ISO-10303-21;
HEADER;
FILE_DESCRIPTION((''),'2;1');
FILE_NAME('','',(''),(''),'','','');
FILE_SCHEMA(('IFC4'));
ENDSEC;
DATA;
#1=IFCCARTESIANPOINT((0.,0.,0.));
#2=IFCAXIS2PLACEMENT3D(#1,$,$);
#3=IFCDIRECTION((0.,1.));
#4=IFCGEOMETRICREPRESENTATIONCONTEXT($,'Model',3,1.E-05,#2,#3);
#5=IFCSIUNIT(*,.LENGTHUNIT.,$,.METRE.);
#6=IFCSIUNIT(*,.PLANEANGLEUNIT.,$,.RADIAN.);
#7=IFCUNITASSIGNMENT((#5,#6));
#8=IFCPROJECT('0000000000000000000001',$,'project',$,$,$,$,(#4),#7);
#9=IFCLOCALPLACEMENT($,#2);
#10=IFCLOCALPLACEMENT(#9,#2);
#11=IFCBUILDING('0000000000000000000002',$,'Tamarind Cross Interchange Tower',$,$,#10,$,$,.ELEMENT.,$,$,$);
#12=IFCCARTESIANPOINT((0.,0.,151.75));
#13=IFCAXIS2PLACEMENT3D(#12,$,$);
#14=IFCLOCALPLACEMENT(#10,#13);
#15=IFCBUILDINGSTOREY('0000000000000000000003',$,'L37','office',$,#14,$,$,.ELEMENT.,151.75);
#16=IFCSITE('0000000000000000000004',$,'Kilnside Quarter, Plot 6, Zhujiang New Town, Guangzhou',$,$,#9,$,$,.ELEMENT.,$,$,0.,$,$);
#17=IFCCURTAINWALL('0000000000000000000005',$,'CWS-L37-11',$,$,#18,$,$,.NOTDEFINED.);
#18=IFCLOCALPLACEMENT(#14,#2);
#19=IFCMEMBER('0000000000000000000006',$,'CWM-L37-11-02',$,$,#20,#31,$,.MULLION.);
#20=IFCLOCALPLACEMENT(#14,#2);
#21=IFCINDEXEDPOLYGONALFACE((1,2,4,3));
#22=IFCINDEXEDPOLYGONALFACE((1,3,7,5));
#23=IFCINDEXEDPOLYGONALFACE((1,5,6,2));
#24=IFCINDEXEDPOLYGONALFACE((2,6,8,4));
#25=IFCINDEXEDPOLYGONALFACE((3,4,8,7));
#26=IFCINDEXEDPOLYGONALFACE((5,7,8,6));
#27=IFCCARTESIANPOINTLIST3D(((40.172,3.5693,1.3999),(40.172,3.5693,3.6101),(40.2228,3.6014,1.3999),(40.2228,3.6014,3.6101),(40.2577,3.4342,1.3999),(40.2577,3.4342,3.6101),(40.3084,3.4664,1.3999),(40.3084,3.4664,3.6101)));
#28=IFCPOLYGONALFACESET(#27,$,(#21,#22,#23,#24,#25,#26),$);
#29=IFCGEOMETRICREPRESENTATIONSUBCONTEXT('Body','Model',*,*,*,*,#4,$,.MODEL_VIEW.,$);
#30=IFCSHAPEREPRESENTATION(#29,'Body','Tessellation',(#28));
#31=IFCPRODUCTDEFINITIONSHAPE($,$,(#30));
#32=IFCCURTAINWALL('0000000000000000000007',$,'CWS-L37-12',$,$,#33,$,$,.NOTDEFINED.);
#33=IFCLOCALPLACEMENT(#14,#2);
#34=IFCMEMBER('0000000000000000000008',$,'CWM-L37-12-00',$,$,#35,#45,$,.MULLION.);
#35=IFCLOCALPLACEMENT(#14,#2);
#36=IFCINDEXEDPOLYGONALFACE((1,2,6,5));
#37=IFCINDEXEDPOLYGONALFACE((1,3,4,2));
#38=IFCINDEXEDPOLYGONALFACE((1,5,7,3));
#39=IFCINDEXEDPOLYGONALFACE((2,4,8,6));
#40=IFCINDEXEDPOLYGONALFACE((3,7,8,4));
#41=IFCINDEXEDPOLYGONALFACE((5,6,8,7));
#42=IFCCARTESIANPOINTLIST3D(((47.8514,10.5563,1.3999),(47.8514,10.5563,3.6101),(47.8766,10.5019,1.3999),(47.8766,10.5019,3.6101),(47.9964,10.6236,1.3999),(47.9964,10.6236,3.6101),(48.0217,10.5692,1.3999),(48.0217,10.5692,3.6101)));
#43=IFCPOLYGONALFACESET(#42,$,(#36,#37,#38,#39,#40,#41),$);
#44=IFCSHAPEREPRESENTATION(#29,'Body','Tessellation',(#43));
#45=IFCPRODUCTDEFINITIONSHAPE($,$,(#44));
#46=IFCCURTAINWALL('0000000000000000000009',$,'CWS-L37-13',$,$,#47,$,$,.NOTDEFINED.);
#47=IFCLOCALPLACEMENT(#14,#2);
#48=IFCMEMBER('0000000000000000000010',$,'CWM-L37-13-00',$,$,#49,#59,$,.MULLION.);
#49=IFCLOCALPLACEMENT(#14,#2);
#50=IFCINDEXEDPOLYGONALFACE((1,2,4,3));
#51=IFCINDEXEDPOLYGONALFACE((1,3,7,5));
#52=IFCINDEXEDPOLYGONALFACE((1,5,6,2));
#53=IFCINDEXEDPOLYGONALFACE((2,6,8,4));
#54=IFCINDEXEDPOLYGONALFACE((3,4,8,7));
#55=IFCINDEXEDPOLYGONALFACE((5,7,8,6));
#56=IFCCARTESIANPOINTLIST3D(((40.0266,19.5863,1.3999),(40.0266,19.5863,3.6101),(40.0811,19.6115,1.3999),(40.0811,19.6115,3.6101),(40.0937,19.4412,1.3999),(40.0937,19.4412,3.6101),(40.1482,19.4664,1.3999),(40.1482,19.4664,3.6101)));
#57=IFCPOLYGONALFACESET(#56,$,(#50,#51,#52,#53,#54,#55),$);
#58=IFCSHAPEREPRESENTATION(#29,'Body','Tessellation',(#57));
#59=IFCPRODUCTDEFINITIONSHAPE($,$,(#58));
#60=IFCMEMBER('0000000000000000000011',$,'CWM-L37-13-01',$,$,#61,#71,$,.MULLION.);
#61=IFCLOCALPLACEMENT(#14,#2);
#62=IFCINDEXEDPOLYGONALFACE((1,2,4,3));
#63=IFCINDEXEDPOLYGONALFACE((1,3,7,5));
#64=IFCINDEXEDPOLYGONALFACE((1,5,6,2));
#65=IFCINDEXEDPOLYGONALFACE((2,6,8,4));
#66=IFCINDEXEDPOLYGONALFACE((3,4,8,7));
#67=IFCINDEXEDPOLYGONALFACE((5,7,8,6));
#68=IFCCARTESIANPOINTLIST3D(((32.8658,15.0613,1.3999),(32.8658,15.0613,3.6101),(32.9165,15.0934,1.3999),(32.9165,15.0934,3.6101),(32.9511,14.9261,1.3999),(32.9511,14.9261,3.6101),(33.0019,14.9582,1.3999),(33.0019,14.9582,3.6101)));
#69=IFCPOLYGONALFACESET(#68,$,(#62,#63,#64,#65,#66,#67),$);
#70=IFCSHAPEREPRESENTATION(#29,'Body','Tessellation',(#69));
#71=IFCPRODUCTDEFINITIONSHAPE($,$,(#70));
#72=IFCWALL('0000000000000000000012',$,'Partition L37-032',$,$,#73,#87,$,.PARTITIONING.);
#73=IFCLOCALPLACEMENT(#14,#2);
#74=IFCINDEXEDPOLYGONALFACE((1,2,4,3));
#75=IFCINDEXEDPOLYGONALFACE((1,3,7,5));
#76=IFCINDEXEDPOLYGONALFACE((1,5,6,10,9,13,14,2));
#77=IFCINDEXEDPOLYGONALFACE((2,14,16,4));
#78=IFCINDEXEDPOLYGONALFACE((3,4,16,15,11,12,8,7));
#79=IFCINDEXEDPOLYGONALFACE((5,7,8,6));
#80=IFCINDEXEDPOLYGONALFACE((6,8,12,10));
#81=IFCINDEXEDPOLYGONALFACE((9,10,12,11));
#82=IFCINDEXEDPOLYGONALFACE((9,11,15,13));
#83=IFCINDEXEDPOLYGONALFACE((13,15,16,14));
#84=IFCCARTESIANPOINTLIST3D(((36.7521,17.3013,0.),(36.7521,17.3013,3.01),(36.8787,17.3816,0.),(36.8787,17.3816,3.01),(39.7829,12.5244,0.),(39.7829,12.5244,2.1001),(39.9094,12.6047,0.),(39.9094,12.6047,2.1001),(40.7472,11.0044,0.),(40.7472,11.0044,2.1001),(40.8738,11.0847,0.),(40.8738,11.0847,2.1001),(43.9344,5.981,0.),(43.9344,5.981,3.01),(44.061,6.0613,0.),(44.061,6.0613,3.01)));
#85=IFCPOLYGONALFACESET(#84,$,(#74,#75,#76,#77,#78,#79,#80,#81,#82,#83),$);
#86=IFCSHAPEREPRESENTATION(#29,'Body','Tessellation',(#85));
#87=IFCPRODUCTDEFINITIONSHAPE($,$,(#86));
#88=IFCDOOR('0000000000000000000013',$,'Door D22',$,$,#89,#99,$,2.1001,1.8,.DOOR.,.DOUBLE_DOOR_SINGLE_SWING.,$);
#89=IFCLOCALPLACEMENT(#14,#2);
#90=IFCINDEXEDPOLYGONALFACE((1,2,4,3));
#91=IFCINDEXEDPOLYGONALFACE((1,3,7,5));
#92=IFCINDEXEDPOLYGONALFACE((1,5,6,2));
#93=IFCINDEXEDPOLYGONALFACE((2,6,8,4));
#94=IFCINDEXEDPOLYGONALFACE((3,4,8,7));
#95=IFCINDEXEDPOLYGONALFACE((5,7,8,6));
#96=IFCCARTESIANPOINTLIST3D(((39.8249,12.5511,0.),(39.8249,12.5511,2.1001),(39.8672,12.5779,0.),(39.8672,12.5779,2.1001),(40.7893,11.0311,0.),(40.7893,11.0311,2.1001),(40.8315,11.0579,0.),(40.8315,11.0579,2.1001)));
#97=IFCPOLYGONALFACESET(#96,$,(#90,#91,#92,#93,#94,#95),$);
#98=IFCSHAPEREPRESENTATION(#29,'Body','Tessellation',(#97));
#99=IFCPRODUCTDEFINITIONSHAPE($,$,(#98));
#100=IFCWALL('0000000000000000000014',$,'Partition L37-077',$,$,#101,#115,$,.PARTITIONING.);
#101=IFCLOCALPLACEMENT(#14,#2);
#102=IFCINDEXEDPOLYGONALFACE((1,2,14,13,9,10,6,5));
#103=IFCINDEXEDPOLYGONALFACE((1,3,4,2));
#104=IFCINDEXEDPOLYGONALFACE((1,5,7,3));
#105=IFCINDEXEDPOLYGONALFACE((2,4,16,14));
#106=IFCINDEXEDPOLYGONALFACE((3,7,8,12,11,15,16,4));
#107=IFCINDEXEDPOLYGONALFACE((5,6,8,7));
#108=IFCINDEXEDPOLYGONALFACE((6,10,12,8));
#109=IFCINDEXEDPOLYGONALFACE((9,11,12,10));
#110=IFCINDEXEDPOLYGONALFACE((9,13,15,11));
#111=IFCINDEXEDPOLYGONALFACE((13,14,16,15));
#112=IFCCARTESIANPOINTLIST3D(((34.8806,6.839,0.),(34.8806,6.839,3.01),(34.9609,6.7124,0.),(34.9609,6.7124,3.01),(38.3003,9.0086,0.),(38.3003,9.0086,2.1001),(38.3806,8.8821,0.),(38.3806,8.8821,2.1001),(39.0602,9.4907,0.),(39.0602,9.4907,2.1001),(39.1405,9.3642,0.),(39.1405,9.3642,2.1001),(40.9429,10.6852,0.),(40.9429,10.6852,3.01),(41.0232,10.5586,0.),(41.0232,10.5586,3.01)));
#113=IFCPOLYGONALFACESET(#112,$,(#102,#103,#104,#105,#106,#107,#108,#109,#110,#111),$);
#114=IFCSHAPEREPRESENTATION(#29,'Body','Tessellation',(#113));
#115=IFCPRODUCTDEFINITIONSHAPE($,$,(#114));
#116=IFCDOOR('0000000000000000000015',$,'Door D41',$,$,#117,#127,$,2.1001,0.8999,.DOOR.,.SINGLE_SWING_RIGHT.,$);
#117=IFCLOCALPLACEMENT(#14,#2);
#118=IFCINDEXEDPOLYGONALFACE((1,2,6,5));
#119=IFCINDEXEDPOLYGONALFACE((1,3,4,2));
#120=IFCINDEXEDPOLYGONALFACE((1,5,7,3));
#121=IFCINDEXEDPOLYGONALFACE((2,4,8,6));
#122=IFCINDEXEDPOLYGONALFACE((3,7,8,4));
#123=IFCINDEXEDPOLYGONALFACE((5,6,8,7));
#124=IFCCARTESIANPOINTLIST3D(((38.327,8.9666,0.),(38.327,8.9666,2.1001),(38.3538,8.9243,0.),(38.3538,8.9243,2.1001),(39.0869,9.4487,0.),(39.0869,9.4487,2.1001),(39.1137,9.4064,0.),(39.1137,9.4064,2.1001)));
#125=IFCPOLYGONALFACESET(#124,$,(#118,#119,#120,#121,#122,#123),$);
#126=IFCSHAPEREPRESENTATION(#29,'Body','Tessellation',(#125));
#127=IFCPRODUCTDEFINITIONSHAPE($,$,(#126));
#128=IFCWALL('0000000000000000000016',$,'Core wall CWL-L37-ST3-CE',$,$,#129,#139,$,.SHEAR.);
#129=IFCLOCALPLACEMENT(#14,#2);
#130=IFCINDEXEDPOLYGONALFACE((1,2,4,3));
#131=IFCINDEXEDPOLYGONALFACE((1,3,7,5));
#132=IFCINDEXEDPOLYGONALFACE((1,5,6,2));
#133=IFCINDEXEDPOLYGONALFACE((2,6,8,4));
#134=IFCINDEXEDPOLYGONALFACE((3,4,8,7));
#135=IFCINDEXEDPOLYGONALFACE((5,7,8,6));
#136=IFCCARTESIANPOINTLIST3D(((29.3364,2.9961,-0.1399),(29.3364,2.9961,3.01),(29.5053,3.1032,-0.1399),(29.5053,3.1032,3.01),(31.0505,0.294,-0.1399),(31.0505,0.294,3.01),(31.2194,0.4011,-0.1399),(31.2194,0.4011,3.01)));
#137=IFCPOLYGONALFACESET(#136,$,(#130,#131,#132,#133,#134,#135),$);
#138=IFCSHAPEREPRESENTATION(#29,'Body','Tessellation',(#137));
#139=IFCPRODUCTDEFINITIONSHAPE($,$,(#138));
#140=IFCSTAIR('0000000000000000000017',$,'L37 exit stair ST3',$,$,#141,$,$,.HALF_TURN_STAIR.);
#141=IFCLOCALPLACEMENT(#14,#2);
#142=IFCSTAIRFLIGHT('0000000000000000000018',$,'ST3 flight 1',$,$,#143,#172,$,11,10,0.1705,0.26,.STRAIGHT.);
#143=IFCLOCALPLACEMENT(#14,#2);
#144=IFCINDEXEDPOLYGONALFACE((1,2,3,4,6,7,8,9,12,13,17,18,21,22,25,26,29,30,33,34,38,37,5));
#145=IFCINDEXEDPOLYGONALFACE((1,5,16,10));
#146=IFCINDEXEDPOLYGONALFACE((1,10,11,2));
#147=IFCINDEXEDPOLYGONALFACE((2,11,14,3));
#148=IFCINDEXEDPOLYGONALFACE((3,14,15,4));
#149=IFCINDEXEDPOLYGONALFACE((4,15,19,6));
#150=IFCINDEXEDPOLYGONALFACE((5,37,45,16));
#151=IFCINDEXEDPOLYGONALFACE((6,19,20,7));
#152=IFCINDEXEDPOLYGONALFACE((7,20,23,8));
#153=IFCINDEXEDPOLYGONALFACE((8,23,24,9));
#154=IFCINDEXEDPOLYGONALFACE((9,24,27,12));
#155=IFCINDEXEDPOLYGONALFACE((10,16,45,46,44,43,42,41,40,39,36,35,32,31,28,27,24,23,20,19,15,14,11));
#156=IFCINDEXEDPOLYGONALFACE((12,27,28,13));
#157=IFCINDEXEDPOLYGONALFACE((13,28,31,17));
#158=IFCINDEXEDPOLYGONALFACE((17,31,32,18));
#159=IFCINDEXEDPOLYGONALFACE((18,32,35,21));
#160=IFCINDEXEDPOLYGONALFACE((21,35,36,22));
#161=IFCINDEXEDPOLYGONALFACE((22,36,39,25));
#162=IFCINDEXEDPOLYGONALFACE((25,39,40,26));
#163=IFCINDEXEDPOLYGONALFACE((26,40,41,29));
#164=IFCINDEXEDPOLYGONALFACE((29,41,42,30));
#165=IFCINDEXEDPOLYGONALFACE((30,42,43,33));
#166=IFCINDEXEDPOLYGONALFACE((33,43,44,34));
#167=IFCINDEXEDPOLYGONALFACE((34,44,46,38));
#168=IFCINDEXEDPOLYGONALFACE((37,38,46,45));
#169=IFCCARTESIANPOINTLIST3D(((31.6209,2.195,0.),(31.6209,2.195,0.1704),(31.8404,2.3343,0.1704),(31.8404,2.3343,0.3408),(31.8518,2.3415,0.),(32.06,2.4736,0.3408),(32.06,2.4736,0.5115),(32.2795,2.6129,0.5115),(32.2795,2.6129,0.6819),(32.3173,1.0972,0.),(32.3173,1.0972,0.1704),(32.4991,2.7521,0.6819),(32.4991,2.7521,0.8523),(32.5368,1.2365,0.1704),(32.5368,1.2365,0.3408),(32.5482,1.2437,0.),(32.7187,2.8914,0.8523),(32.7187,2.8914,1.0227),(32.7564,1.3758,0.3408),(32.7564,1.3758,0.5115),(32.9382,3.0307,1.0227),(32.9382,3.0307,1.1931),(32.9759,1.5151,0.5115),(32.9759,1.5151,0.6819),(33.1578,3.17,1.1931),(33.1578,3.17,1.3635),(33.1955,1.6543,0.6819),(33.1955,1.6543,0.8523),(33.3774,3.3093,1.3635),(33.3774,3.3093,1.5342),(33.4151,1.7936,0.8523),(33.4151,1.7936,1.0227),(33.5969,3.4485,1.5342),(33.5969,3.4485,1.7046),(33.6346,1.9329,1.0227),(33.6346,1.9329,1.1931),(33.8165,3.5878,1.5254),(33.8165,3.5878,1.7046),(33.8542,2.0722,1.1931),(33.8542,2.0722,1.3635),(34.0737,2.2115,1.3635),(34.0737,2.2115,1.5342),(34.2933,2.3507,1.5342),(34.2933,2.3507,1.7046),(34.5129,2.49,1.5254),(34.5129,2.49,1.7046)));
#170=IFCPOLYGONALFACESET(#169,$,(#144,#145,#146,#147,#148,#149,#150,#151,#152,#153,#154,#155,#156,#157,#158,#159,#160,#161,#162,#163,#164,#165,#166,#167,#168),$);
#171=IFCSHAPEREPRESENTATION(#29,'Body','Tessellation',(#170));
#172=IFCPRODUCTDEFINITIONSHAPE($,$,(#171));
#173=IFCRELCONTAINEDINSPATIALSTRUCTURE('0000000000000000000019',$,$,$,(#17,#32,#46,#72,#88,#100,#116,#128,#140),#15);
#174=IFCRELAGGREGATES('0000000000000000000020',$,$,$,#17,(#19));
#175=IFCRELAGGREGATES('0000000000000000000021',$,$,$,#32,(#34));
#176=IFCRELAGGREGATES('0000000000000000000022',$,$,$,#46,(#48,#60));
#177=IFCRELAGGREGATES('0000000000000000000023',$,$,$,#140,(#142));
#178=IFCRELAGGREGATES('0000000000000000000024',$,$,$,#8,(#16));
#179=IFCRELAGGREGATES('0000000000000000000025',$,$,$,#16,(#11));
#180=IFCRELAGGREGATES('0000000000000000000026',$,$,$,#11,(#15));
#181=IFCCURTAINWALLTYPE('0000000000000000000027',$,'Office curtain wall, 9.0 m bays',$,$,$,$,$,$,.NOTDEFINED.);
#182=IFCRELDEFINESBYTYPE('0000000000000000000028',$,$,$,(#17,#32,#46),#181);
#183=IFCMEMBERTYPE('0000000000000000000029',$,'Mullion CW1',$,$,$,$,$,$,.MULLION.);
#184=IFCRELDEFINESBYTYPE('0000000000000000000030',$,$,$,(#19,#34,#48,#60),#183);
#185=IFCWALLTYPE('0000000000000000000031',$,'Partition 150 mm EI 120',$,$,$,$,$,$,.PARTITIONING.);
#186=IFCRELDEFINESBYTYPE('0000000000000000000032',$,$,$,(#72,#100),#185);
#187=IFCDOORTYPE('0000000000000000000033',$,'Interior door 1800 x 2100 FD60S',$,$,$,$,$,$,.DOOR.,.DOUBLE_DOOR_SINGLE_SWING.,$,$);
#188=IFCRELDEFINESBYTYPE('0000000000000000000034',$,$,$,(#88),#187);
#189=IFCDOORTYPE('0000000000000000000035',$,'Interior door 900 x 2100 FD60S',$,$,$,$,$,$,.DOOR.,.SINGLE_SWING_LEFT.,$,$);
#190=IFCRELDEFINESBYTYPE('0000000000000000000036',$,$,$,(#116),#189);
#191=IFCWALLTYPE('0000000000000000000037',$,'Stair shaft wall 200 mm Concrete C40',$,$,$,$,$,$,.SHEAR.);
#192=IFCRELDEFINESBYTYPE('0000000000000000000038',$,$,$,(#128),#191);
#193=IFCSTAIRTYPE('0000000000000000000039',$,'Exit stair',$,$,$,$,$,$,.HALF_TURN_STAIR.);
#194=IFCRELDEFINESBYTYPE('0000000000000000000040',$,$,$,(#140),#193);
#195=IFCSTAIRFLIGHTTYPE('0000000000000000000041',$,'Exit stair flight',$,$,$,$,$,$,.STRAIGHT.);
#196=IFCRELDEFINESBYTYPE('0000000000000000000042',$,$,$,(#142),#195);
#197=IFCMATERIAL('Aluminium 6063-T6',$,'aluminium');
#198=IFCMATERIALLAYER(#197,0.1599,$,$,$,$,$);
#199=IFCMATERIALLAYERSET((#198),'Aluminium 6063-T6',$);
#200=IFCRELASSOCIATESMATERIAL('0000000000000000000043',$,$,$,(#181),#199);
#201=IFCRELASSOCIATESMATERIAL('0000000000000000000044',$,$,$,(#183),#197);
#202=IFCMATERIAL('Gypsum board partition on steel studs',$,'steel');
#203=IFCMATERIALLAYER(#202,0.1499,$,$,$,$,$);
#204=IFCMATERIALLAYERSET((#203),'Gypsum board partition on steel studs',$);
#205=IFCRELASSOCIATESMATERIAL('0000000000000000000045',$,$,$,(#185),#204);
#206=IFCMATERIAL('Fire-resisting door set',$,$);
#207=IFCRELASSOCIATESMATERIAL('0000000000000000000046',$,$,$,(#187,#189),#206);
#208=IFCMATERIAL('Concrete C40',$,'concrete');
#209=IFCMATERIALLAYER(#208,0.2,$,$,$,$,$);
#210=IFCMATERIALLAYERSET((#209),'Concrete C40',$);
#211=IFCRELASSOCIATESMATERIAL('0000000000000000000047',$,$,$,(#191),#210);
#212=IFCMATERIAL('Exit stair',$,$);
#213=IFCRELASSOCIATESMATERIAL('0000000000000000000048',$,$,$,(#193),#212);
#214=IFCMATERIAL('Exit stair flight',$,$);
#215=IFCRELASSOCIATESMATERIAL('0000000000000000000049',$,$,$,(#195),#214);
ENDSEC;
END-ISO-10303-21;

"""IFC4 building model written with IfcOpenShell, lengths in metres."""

from ifc_helpers import new_model, si_unit, direction, frame, frame_2d, origin, origin_2d, place, context, subcontext, project, spatial, polyline, rectangle, outline, extrude, material, layer, layer_set, material_profile, profile_set, type_object, element, fill, aggregate, save


model = new_model("IFC4")

# Units and contexts
model_context = context("Model", 3, precision=1e-05, world=origin(), true_north=direction((0.0, 1.0)))
body_context = subcontext(model_context, "Body", "Model", "MODEL_VIEW")
ifc_project = project(units=[si_unit("LENGTHUNIT", "METRE"), si_unit("PLANEANGLEUNIT", "RADIAN")], contexts=[model_context])

# Site, building, storey
site_placement = place(None, origin())
site = spatial("IfcSite", under=ifc_project, at=site_placement, Name="Kilnside Quarter, Plot 6, Zhujiang New Town, Guangzhou", CompositionType="ELEMENT", RefElevation=0.0)
building_placement = place(site_placement, origin())
building = spatial("IfcBuilding", under=site, at=building_placement, Name="Tamarind Cross Interchange Tower", CompositionType="ELEMENT")
storey_placement = place(building_placement, frame((0.0, 0.0, 151.75)))
storey = spatial("IfcBuildingStorey", under=building, at=storey_placement, Name="L37", Description="office", CompositionType="ELEMENT", Elevation=151.75)

# Curtain walls, members
ifc_material_1 = material(Name="Aluminium 6063-T6", Category="aluminium")
ifc_layer_1 = layer(ifc_material_1, 0.1599)
ifc_layer_set_1 = layer_set([ifc_layer_1], Name="Aluminium 6063-T6")
curtain_wall_type = type_object("IfcCurtainWallType", Name="Office curtain wall, 9.0 m bays", PredefinedType="NOTDEFINED", material=ifc_layer_set_1)
curtain_wall_1_placement = place(storey_placement, origin())
curtain_wall_1 = element("IfcCurtainWall", 1, at=curtain_wall_1_placement, inside=storey, type_object=curtain_wall_type, Name="CWS-L37-11", PredefinedType="NOTDEFINED")
ifc_material_profile_1 = material_profile(ifc_material_1, rectangle(XDim=0.0601, YDim=0.1599, at=origin_2d()), Name="Mullion CW1")
ifc_profile_set_1 = profile_set([ifc_material_profile_1], Name="Aluminium 6063-T6")
member_type = type_object("IfcMemberType", Name="Mullion CW1", PredefinedType="MULLION", material=ifc_profile_set_1)
member_1_placement = place(storey_placement, frame((40.2402, 3.5178, 1.3999), z_axis=(0.0, 0.0, 1.0), x_axis=(0.844433, 0.535662, 0.0)))
member_1 = element("IfcMember", 2, at=member_1_placement, type_object=member_type, Name="CWM-L37-11-02", PredefinedType="MULLION", context=body_context, shape_type="SweptSolid", body=[
    extrude(rectangle(XDim=0.0601, YDim=0.1599, at=origin_2d()), origin(), (0.0, 0.0, 1.0), 2.2102),
])
aggregate(curtain_wall_1, [member_1])
curtain_wall_2_placement = place(storey_placement, origin())
curtain_wall_2 = element("IfcCurtainWall", 3, at=curtain_wall_2_placement, inside=storey, type_object=curtain_wall_type, Name="CWS-L37-12", PredefinedType="NOTDEFINED")
member_2_placement = place(storey_placement, frame((47.9365, 10.5627, 1.3999), z_axis=(0.0, 0.0, 1.0), x_axis=(-0.420858, 0.907126, 0.0)))
member_2 = element("IfcMember", 4, at=member_2_placement, type_object=member_type, Name="CWM-L37-12-00", PredefinedType="MULLION", context=body_context, shape_type="SweptSolid", body=[
    extrude(rectangle(XDim=0.0601, YDim=0.1599, at=origin_2d()), origin(), (0.0, 0.0, 1.0), 2.2102),
])
aggregate(curtain_wall_2, [member_2])

# Curtain wall, members
curtain_wall_3_placement = place(storey_placement, origin())
curtain_wall_3 = element("IfcCurtainWall", 5, at=curtain_wall_3_placement, inside=storey, type_object=curtain_wall_type, Name="CWS-L37-13", PredefinedType="NOTDEFINED")
member_3_placement = place(storey_placement, frame((40.0874, 19.5264, 1.3999), z_axis=(0.0, 0.0, 1.0), x_axis=(-0.907569, -0.419902, 0.0)))
member_3 = element("IfcMember", 6, at=member_3_placement, type_object=member_type, Name="CWM-L37-13-00", PredefinedType="MULLION", context=body_context, shape_type="SweptSolid", body=[
    extrude(rectangle(XDim=0.0601, YDim=0.1599, at=origin_2d()), origin(), (0.0, 0.0, 1.0), 2.2102),
])
member_4_placement = place(storey_placement, frame((32.9338, 15.0098, 1.3999), z_axis=(0.0, 0.0, 1.0), x_axis=(-0.84556, -0.533881, 0.0)))
member_4 = element("IfcMember", 7, at=member_4_placement, type_object=member_type, Name="CWM-L37-13-01", PredefinedType="MULLION", context=body_context, shape_type="SweptSolid", body=[
    extrude(rectangle(XDim=0.0601, YDim=0.1599, at=origin_2d()), origin(), (0.0, 0.0, 1.0), 2.2102),
])
aggregate(curtain_wall_3, [member_3, member_4])

# Walls, openings, doors
ifc_material_2 = material(Name="Gypsum board partition on steel studs", Category="steel")
ifc_layer_2 = layer(ifc_material_2, 0.1499)
ifc_layer_set_2 = layer_set([ifc_layer_2], Name="Gypsum board partition on steel studs")
wall_type_1 = type_object("IfcWallType", Name="Partition 150 mm EI 120", PredefinedType="PARTITIONING", material=ifc_layer_set_2)
wall_1_placement = place(storey_placement, frame((36.8154, 17.3413, 0.0), z_axis=(0.0, 0.0, 1.0), x_axis=(0.535736, -0.844386, 0.0)))
wall_1 = element("IfcWall", 8, at=wall_1_placement, inside=storey, type_object=wall_type_1, Name="Partition L37-032", PredefinedType="PARTITIONING", context=body_context, shape_type="SweptSolid", body=[
    extrude(rectangle(XDim=13.4065, YDim=0.1499, at=frame_2d((6.7031, 0.0))), origin(), (0.0, 0.0, 1.0), 3.01),
])
opening_1_placement = place(wall_1_placement, frame((5.6572, 0.0, 0.0)))
opening_1 = element("IfcOpeningElement", 9, at=opening_1_placement, cuts=wall_1, PredefinedType="OPENING", context=body_context, shape_type="SweptSolid", body=[
    extrude(rectangle(XDim=1.8, YDim=2.1001, at=frame_2d((0.8999, 1.05))), frame((0.0, 0.085, 0.0), z_axis=(0.0, -1.0, 0.0), x_axis=(1.0, 0.0, 0.0)), (0.0, 0.0, 1.0), 0.1699),
])
ifc_material_3 = material(Name="Fire-resisting door set")
door_type_1 = type_object("IfcDoorType", Name="Interior door 1800 x 2100 FD60S", OperationType="DOUBLE_DOOR_SINGLE_SWING", PredefinedType="DOOR", material=ifc_material_3)
door_1_placement = place(opening_1_placement, origin())
door_1 = element("IfcDoor", 10, at=door_1_placement, inside=storey, type_object=door_type_1, Name="Door D22", OperationType="DOUBLE_DOOR_SINGLE_SWING", OverallHeight=2.1001, OverallWidth=1.8, PredefinedType="DOOR", context=body_context, shape_type="SweptSolid", body=[
    extrude(rectangle(XDim=1.8, YDim=2.1001, at=frame_2d((0.8999, 1.05))), frame((0.0, 0.0249, 0.0), z_axis=(0.0, -1.0, 0.0), x_axis=(1.0, 0.0, 0.0)), (0.0, 0.0, 1.0), 0.05),
])
fill(opening_1, door_1)
wall_2_placement = place(storey_placement, frame((34.9207, 6.7756, 0.0), z_axis=(0.0, 0.0, 1.0), x_axis=(0.844393, 0.535724, 0.0)))
wall_2 = element("IfcWall", 11, at=wall_2_placement, inside=storey, type_object=wall_type_1, Name="Partition L37-077", PredefinedType="PARTITIONING", context=body_context, shape_type="SweptSolid", body=[
    extrude(rectangle(XDim=7.1794, YDim=0.1499, at=frame_2d((3.5898, 0.0))), origin(), (0.0, 0.0, 1.0), 3.01),
])
opening_2_placement = place(wall_2_placement, frame((4.05, 0.0, 0.0)))
opening_2 = element("IfcOpeningElement", 12, at=opening_2_placement, cuts=wall_2, PredefinedType="OPENING", context=body_context, shape_type="SweptSolid", body=[
    extrude(rectangle(XDim=0.8999, YDim=2.1001, at=frame_2d((0.45, 1.05))), frame((0.0, 0.085, 0.0), z_axis=(0.0, -1.0, 0.0), x_axis=(1.0, 0.0, 0.0)), (0.0, 0.0, 1.0), 0.1699),
])
door_type_2 = type_object("IfcDoorType", Name="Interior door 900 x 2100 FD60S", OperationType="SINGLE_SWING_LEFT", PredefinedType="DOOR", material=ifc_material_3)
door_2_placement = place(opening_2_placement, frame((0.8999, 0.0, 0.0), z_axis=(0.0, 0.0, 1.0), x_axis=(-1.0, 0.0, 0.0)))
door_2 = element("IfcDoor", 13, at=door_2_placement, inside=storey, type_object=door_type_2, Name="Door D41", OperationType="SINGLE_SWING_RIGHT", OverallHeight=2.1001, OverallWidth=0.8999, PredefinedType="DOOR", context=body_context, shape_type="SweptSolid", body=[
    extrude(rectangle(XDim=0.8999, YDim=2.1001, at=frame_2d((0.45, 1.05))), frame((0.0, 0.0249, 0.0), z_axis=(0.0, -1.0, 0.0), x_axis=(1.0, 0.0, 0.0)), (0.0, 0.0, 1.0), 0.05),
])
fill(opening_2, door_2)

# Wall
ifc_material_4 = material(Name="Concrete C40", Category="concrete")
ifc_layer_3 = layer(ifc_material_4, 0.2)
ifc_layer_set_3 = layer_set([ifc_layer_3], Name="Concrete C40")
wall_type_2 = type_object("IfcWallType", Name="Stair shaft wall 200 mm Concrete C40", PredefinedType="SHEAR", material=ifc_layer_set_3)
wall_3_placement = place(storey_placement, frame((31.135, 0.3474, -0.1399), z_axis=(0.0, 0.0, 1.0), x_axis=(-0.535665, 0.84443, 0.0)))
element("IfcWall", 14, at=wall_3_placement, inside=storey, type_object=wall_type_2, Name="Core wall CWL-L37-ST3-CE", PredefinedType="SHEAR", context=body_context, shape_type="SweptSolid", body=[
    extrude(rectangle(XDim=3.2, YDim=0.2, at=frame_2d((1.6001, 0.0))), origin(), (0.0, 0.0, 1.0), 3.1499),
])

# Stair, stair flight
ifc_material_5 = material(Name="Exit stair")
stair_type = type_object("IfcStairType", Name="Exit stair", PredefinedType="HALF_TURN_STAIR", material=ifc_material_5)
stair_placement = place(storey_placement, origin())
stair = element("IfcStair", 15, at=stair_placement, inside=storey, type_object=stair_type, Name="L37 exit stair ST3", PredefinedType="HALF_TURN_STAIR")
ifc_material_6 = material(Name="Exit stair flight")
stair_flight_type = type_object("IfcStairFlightType", Name="Exit stair flight", PredefinedType="STRAIGHT", material=ifc_material_6)
stair_flight_1_placement = place(storey_placement, frame((31.969, 1.6462, 0.0), z_axis=(0.0, 0.0, 1.0), x_axis=(0.844433, 0.535662, 0.0)))
stair_flight_1 = element("IfcStairFlight", 16, at=stair_flight_1_placement, type_object=stair_flight_type, Name="ST3 flight 1", NumberOfRisers=11, NumberOfTreads=10, PredefinedType="STRAIGHT", RiserHeight=0.1705, TreadLength=0.26, context=body_context, shape_type="SweptSolid", body=[
    extrude(outline(polyline([(0.0, 0.0), (0.0, 0.1704), (0.26, 0.1704), (0.26, 0.3408), (0.52, 0.3408), (0.52, 0.5115), (0.78, 0.5115), (0.78, 0.6819), (1.04, 0.6819), (1.04, 0.8523), (1.3, 0.8523), (1.3, 1.0227), (1.5601, 1.0227), (1.5601, 1.1931), (1.8201, 1.1931), (1.8201, 1.3635), (2.0801, 1.3635), (2.0801, 1.5342), (2.3401, 1.5342), (2.3401, 1.7046), (2.6001, 1.7046), (2.6001, 1.875), (2.6001, 1.5254), (0.2734, 0.0), (0.0, 0.0)])), frame((0.0, 0.6499, 0.0), z_axis=(0.0, -1.0, 0.0), x_axis=(1.0, 0.0, 0.0)), (0.0, 0.0, 1.0), 1.3),
])
aggregate(stair, [stair_flight_1])

save(model, "model.ifc")
